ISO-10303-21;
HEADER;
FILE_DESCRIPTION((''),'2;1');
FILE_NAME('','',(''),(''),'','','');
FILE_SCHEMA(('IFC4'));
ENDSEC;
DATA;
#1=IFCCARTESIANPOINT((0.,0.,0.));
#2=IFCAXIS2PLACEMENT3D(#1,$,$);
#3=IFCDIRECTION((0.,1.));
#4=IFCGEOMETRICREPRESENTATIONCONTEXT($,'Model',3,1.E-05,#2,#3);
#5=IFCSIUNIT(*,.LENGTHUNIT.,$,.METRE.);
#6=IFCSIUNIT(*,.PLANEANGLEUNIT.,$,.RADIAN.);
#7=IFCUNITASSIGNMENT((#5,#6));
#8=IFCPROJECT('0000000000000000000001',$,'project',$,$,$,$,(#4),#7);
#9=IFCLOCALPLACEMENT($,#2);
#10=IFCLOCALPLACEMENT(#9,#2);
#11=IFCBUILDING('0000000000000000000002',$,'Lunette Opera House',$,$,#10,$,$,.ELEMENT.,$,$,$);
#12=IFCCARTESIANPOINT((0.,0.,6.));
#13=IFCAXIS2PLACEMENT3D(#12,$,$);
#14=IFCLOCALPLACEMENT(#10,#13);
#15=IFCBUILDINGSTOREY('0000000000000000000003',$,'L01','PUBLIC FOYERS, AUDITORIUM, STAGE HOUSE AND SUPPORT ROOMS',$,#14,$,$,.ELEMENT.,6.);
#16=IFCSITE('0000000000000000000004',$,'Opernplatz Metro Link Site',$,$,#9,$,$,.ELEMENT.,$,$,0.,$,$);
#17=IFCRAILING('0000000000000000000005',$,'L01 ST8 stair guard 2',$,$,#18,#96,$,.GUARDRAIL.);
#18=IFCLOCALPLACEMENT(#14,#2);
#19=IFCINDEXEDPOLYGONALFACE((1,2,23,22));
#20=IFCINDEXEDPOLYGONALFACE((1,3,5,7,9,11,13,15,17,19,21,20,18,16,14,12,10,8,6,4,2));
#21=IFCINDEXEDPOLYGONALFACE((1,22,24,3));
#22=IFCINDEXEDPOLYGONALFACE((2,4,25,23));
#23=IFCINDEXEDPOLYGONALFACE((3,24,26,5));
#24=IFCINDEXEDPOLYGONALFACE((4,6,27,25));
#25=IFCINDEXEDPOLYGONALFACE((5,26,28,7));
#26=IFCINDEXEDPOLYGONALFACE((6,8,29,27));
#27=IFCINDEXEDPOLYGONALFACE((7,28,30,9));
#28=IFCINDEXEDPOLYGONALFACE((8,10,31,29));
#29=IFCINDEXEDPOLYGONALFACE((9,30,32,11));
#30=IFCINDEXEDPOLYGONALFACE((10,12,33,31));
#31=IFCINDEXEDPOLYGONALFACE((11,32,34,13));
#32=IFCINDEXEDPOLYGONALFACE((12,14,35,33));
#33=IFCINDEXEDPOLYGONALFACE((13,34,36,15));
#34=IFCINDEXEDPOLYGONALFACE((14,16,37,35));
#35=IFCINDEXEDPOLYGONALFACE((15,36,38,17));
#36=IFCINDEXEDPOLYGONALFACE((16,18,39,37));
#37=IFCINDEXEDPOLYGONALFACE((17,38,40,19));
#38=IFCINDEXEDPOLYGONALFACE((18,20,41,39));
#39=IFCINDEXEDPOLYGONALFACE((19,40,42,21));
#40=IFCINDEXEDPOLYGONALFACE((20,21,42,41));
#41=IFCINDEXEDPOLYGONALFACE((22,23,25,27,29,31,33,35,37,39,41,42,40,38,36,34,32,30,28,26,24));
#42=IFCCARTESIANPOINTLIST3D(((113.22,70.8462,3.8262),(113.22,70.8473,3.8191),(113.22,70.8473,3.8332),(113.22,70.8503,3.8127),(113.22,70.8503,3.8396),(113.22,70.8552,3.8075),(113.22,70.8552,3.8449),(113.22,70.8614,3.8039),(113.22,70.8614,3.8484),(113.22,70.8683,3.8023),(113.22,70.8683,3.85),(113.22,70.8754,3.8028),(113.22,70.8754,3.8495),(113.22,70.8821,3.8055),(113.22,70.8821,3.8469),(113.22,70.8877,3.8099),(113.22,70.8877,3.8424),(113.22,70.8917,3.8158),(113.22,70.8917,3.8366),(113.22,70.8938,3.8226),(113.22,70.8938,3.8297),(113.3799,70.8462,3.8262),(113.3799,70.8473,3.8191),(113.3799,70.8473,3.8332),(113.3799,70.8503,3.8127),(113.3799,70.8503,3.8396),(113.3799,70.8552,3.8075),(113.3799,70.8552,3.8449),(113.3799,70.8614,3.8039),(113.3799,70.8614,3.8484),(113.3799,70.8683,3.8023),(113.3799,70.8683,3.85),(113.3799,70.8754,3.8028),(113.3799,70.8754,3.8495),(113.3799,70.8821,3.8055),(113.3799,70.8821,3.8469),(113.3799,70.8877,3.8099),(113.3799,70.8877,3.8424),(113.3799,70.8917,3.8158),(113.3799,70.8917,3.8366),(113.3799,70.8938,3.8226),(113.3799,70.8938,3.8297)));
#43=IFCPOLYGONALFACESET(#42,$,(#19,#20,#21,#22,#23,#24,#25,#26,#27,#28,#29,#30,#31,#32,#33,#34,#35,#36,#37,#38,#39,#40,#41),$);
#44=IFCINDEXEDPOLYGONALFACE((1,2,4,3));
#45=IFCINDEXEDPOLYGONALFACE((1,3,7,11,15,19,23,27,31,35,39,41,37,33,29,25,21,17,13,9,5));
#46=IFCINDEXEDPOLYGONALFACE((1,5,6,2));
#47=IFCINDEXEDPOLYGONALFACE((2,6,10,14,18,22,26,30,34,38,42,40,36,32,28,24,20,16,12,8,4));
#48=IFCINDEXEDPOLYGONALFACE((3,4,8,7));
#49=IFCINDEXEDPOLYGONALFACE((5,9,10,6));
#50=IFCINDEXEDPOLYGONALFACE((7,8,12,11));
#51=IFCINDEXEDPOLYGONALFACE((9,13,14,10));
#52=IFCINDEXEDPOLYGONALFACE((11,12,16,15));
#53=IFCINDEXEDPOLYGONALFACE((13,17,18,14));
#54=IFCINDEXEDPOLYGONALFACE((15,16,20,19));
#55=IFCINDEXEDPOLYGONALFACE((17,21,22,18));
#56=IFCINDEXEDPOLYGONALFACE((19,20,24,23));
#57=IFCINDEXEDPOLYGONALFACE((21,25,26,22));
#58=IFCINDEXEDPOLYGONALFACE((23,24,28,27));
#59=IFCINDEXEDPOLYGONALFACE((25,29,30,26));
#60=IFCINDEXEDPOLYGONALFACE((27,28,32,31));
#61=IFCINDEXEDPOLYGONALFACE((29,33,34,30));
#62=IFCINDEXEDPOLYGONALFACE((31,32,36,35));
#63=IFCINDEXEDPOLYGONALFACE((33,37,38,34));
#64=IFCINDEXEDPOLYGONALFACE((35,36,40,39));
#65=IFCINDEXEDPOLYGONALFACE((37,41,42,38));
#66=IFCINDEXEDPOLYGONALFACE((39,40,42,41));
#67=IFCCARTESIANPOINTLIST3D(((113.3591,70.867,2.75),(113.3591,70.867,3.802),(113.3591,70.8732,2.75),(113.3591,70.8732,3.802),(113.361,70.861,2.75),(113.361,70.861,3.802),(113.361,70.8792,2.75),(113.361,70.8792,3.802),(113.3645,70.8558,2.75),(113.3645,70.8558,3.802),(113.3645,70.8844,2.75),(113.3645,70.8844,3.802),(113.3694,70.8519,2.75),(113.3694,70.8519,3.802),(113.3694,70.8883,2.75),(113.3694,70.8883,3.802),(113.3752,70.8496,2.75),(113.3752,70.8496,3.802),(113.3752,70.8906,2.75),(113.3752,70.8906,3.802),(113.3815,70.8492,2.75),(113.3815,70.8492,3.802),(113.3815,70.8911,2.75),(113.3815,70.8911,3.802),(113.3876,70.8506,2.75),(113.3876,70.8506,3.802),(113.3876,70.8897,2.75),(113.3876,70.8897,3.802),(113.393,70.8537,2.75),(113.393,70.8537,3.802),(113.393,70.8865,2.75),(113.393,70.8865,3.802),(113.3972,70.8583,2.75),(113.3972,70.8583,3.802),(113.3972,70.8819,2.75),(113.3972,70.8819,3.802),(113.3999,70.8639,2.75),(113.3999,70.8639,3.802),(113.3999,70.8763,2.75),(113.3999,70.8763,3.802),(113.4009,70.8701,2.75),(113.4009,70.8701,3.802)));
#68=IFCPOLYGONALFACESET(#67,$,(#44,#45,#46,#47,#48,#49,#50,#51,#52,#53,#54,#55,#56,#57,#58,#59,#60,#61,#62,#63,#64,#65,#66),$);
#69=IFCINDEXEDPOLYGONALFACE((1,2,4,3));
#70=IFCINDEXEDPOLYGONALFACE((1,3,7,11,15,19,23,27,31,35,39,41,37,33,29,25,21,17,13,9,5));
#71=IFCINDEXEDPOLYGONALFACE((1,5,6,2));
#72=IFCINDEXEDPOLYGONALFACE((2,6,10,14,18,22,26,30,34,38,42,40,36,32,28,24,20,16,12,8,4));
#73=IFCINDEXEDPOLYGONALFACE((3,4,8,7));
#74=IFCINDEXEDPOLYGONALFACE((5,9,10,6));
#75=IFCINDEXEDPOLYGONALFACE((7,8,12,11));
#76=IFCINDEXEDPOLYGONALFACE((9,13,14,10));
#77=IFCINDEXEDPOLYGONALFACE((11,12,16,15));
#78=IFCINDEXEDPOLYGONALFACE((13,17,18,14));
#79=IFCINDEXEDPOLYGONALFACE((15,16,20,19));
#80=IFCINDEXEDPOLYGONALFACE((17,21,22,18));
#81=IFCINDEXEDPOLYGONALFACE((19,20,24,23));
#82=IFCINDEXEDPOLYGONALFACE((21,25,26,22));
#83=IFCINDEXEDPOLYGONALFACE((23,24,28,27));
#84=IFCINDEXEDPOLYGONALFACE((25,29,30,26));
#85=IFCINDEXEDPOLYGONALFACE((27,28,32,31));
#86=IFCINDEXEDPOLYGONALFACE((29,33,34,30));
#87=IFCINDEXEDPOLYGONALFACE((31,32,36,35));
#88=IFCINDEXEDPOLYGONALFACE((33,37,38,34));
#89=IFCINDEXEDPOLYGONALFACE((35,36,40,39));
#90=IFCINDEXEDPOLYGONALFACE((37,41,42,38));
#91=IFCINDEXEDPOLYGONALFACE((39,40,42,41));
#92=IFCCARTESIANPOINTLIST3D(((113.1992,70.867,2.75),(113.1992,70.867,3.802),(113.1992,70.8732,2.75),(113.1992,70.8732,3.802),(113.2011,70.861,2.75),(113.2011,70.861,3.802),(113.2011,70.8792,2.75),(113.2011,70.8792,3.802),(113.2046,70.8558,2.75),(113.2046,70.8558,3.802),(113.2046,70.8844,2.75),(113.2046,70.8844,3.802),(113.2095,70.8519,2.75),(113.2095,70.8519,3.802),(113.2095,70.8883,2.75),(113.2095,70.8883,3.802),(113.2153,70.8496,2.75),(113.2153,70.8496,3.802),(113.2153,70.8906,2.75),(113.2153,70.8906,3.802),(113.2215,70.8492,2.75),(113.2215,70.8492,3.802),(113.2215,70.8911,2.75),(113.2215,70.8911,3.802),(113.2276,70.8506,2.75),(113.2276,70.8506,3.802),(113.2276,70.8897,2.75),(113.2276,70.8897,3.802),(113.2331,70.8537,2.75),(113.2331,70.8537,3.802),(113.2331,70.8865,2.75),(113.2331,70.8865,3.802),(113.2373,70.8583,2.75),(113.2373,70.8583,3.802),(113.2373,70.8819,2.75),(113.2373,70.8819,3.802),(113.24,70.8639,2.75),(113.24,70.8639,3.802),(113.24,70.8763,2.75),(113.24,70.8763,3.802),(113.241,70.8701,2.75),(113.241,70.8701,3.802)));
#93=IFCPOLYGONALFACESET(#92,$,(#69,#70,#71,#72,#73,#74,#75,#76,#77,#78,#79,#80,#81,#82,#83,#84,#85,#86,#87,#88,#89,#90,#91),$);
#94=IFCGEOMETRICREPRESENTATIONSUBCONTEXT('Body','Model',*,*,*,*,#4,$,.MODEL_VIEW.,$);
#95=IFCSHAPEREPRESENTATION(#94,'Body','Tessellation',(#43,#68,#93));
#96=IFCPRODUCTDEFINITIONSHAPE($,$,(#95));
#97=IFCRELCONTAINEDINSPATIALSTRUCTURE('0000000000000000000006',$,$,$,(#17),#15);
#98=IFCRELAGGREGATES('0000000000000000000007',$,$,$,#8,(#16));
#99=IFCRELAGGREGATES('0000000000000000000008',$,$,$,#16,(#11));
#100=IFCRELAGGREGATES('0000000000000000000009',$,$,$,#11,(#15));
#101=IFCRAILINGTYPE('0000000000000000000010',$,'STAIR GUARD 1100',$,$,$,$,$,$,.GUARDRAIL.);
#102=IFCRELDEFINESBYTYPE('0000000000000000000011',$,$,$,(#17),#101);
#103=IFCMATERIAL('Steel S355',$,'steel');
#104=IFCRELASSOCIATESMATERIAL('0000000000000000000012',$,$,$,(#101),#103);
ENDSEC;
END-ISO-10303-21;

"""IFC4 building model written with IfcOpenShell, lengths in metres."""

from ifc_helpers import new_model, si_unit, direction, frame, origin, origin_2d, place, context, subcontext, project, spatial, circle, extrude, material, type_object, element, save


model = new_model("IFC4")

# Units and contexts
model_context = context("Model", 3, precision=1e-05, world=origin(), true_north=direction((0.0, 1.0)))
body_context = subcontext(model_context, "Body", "Model", "MODEL_VIEW")
ifc_project = project(units=[si_unit("LENGTHUNIT", "METRE"), si_unit("PLANEANGLEUNIT", "RADIAN")], contexts=[model_context])

# Site, building, storey
site_placement = place(None, origin())
site = spatial("IfcSite", under=ifc_project, at=site_placement, Name="Opernplatz Metro Link Site", CompositionType="ELEMENT", RefElevation=0.0)
building_placement = place(site_placement, origin())
building = spatial("IfcBuilding", under=site, at=building_placement, Name="Lunette Opera House", CompositionType="ELEMENT")
storey_placement = place(building_placement, frame((0.0, 0.0, 6.0)))
storey = spatial("IfcBuildingStorey", under=building, at=storey_placement, Name="L01", Description="PUBLIC FOYERS, AUDITORIUM, STAGE HOUSE AND SUPPORT ROOMS", CompositionType="ELEMENT", Elevation=6.0)

# Railing
ifc_material_1 = material(Name="Steel S355", Category="steel")
railing_type_1 = type_object("IfcRailingType", Name="STAIR GUARD 1100", PredefinedType="GUARDRAIL", material=ifc_material_1)
railing_1_placement = place(storey_placement, frame((113.3799, 70.8701, 2.75)))
element("IfcRailing", 1, at=railing_1_placement, inside=storey, type_object=railing_type_1, Name="L01 ST8 stair guard 2", PredefinedType="GUARDRAIL", context=body_context, shape_type="SweptSolid", body=[
    extrude(circle(Radius=0.0239, at=origin_2d()), frame((0.0, 0.0, 1.0762), z_axis=(-1.0, 0.0, 0.0), x_axis=(0.0, -1.0, 0.0)), (0.0, 0.0, 1.0), 0.1599),
    extrude(circle(Radius=0.021, at=origin_2d()), origin(), (0.0, 0.0, 1.0), 1.052),
    extrude(circle(Radius=0.021, at=origin_2d()), frame((-0.1599, 0.0, 0.0)), (0.0, 0.0, 1.0), 1.052),
])

save(model, "model.ifc")
